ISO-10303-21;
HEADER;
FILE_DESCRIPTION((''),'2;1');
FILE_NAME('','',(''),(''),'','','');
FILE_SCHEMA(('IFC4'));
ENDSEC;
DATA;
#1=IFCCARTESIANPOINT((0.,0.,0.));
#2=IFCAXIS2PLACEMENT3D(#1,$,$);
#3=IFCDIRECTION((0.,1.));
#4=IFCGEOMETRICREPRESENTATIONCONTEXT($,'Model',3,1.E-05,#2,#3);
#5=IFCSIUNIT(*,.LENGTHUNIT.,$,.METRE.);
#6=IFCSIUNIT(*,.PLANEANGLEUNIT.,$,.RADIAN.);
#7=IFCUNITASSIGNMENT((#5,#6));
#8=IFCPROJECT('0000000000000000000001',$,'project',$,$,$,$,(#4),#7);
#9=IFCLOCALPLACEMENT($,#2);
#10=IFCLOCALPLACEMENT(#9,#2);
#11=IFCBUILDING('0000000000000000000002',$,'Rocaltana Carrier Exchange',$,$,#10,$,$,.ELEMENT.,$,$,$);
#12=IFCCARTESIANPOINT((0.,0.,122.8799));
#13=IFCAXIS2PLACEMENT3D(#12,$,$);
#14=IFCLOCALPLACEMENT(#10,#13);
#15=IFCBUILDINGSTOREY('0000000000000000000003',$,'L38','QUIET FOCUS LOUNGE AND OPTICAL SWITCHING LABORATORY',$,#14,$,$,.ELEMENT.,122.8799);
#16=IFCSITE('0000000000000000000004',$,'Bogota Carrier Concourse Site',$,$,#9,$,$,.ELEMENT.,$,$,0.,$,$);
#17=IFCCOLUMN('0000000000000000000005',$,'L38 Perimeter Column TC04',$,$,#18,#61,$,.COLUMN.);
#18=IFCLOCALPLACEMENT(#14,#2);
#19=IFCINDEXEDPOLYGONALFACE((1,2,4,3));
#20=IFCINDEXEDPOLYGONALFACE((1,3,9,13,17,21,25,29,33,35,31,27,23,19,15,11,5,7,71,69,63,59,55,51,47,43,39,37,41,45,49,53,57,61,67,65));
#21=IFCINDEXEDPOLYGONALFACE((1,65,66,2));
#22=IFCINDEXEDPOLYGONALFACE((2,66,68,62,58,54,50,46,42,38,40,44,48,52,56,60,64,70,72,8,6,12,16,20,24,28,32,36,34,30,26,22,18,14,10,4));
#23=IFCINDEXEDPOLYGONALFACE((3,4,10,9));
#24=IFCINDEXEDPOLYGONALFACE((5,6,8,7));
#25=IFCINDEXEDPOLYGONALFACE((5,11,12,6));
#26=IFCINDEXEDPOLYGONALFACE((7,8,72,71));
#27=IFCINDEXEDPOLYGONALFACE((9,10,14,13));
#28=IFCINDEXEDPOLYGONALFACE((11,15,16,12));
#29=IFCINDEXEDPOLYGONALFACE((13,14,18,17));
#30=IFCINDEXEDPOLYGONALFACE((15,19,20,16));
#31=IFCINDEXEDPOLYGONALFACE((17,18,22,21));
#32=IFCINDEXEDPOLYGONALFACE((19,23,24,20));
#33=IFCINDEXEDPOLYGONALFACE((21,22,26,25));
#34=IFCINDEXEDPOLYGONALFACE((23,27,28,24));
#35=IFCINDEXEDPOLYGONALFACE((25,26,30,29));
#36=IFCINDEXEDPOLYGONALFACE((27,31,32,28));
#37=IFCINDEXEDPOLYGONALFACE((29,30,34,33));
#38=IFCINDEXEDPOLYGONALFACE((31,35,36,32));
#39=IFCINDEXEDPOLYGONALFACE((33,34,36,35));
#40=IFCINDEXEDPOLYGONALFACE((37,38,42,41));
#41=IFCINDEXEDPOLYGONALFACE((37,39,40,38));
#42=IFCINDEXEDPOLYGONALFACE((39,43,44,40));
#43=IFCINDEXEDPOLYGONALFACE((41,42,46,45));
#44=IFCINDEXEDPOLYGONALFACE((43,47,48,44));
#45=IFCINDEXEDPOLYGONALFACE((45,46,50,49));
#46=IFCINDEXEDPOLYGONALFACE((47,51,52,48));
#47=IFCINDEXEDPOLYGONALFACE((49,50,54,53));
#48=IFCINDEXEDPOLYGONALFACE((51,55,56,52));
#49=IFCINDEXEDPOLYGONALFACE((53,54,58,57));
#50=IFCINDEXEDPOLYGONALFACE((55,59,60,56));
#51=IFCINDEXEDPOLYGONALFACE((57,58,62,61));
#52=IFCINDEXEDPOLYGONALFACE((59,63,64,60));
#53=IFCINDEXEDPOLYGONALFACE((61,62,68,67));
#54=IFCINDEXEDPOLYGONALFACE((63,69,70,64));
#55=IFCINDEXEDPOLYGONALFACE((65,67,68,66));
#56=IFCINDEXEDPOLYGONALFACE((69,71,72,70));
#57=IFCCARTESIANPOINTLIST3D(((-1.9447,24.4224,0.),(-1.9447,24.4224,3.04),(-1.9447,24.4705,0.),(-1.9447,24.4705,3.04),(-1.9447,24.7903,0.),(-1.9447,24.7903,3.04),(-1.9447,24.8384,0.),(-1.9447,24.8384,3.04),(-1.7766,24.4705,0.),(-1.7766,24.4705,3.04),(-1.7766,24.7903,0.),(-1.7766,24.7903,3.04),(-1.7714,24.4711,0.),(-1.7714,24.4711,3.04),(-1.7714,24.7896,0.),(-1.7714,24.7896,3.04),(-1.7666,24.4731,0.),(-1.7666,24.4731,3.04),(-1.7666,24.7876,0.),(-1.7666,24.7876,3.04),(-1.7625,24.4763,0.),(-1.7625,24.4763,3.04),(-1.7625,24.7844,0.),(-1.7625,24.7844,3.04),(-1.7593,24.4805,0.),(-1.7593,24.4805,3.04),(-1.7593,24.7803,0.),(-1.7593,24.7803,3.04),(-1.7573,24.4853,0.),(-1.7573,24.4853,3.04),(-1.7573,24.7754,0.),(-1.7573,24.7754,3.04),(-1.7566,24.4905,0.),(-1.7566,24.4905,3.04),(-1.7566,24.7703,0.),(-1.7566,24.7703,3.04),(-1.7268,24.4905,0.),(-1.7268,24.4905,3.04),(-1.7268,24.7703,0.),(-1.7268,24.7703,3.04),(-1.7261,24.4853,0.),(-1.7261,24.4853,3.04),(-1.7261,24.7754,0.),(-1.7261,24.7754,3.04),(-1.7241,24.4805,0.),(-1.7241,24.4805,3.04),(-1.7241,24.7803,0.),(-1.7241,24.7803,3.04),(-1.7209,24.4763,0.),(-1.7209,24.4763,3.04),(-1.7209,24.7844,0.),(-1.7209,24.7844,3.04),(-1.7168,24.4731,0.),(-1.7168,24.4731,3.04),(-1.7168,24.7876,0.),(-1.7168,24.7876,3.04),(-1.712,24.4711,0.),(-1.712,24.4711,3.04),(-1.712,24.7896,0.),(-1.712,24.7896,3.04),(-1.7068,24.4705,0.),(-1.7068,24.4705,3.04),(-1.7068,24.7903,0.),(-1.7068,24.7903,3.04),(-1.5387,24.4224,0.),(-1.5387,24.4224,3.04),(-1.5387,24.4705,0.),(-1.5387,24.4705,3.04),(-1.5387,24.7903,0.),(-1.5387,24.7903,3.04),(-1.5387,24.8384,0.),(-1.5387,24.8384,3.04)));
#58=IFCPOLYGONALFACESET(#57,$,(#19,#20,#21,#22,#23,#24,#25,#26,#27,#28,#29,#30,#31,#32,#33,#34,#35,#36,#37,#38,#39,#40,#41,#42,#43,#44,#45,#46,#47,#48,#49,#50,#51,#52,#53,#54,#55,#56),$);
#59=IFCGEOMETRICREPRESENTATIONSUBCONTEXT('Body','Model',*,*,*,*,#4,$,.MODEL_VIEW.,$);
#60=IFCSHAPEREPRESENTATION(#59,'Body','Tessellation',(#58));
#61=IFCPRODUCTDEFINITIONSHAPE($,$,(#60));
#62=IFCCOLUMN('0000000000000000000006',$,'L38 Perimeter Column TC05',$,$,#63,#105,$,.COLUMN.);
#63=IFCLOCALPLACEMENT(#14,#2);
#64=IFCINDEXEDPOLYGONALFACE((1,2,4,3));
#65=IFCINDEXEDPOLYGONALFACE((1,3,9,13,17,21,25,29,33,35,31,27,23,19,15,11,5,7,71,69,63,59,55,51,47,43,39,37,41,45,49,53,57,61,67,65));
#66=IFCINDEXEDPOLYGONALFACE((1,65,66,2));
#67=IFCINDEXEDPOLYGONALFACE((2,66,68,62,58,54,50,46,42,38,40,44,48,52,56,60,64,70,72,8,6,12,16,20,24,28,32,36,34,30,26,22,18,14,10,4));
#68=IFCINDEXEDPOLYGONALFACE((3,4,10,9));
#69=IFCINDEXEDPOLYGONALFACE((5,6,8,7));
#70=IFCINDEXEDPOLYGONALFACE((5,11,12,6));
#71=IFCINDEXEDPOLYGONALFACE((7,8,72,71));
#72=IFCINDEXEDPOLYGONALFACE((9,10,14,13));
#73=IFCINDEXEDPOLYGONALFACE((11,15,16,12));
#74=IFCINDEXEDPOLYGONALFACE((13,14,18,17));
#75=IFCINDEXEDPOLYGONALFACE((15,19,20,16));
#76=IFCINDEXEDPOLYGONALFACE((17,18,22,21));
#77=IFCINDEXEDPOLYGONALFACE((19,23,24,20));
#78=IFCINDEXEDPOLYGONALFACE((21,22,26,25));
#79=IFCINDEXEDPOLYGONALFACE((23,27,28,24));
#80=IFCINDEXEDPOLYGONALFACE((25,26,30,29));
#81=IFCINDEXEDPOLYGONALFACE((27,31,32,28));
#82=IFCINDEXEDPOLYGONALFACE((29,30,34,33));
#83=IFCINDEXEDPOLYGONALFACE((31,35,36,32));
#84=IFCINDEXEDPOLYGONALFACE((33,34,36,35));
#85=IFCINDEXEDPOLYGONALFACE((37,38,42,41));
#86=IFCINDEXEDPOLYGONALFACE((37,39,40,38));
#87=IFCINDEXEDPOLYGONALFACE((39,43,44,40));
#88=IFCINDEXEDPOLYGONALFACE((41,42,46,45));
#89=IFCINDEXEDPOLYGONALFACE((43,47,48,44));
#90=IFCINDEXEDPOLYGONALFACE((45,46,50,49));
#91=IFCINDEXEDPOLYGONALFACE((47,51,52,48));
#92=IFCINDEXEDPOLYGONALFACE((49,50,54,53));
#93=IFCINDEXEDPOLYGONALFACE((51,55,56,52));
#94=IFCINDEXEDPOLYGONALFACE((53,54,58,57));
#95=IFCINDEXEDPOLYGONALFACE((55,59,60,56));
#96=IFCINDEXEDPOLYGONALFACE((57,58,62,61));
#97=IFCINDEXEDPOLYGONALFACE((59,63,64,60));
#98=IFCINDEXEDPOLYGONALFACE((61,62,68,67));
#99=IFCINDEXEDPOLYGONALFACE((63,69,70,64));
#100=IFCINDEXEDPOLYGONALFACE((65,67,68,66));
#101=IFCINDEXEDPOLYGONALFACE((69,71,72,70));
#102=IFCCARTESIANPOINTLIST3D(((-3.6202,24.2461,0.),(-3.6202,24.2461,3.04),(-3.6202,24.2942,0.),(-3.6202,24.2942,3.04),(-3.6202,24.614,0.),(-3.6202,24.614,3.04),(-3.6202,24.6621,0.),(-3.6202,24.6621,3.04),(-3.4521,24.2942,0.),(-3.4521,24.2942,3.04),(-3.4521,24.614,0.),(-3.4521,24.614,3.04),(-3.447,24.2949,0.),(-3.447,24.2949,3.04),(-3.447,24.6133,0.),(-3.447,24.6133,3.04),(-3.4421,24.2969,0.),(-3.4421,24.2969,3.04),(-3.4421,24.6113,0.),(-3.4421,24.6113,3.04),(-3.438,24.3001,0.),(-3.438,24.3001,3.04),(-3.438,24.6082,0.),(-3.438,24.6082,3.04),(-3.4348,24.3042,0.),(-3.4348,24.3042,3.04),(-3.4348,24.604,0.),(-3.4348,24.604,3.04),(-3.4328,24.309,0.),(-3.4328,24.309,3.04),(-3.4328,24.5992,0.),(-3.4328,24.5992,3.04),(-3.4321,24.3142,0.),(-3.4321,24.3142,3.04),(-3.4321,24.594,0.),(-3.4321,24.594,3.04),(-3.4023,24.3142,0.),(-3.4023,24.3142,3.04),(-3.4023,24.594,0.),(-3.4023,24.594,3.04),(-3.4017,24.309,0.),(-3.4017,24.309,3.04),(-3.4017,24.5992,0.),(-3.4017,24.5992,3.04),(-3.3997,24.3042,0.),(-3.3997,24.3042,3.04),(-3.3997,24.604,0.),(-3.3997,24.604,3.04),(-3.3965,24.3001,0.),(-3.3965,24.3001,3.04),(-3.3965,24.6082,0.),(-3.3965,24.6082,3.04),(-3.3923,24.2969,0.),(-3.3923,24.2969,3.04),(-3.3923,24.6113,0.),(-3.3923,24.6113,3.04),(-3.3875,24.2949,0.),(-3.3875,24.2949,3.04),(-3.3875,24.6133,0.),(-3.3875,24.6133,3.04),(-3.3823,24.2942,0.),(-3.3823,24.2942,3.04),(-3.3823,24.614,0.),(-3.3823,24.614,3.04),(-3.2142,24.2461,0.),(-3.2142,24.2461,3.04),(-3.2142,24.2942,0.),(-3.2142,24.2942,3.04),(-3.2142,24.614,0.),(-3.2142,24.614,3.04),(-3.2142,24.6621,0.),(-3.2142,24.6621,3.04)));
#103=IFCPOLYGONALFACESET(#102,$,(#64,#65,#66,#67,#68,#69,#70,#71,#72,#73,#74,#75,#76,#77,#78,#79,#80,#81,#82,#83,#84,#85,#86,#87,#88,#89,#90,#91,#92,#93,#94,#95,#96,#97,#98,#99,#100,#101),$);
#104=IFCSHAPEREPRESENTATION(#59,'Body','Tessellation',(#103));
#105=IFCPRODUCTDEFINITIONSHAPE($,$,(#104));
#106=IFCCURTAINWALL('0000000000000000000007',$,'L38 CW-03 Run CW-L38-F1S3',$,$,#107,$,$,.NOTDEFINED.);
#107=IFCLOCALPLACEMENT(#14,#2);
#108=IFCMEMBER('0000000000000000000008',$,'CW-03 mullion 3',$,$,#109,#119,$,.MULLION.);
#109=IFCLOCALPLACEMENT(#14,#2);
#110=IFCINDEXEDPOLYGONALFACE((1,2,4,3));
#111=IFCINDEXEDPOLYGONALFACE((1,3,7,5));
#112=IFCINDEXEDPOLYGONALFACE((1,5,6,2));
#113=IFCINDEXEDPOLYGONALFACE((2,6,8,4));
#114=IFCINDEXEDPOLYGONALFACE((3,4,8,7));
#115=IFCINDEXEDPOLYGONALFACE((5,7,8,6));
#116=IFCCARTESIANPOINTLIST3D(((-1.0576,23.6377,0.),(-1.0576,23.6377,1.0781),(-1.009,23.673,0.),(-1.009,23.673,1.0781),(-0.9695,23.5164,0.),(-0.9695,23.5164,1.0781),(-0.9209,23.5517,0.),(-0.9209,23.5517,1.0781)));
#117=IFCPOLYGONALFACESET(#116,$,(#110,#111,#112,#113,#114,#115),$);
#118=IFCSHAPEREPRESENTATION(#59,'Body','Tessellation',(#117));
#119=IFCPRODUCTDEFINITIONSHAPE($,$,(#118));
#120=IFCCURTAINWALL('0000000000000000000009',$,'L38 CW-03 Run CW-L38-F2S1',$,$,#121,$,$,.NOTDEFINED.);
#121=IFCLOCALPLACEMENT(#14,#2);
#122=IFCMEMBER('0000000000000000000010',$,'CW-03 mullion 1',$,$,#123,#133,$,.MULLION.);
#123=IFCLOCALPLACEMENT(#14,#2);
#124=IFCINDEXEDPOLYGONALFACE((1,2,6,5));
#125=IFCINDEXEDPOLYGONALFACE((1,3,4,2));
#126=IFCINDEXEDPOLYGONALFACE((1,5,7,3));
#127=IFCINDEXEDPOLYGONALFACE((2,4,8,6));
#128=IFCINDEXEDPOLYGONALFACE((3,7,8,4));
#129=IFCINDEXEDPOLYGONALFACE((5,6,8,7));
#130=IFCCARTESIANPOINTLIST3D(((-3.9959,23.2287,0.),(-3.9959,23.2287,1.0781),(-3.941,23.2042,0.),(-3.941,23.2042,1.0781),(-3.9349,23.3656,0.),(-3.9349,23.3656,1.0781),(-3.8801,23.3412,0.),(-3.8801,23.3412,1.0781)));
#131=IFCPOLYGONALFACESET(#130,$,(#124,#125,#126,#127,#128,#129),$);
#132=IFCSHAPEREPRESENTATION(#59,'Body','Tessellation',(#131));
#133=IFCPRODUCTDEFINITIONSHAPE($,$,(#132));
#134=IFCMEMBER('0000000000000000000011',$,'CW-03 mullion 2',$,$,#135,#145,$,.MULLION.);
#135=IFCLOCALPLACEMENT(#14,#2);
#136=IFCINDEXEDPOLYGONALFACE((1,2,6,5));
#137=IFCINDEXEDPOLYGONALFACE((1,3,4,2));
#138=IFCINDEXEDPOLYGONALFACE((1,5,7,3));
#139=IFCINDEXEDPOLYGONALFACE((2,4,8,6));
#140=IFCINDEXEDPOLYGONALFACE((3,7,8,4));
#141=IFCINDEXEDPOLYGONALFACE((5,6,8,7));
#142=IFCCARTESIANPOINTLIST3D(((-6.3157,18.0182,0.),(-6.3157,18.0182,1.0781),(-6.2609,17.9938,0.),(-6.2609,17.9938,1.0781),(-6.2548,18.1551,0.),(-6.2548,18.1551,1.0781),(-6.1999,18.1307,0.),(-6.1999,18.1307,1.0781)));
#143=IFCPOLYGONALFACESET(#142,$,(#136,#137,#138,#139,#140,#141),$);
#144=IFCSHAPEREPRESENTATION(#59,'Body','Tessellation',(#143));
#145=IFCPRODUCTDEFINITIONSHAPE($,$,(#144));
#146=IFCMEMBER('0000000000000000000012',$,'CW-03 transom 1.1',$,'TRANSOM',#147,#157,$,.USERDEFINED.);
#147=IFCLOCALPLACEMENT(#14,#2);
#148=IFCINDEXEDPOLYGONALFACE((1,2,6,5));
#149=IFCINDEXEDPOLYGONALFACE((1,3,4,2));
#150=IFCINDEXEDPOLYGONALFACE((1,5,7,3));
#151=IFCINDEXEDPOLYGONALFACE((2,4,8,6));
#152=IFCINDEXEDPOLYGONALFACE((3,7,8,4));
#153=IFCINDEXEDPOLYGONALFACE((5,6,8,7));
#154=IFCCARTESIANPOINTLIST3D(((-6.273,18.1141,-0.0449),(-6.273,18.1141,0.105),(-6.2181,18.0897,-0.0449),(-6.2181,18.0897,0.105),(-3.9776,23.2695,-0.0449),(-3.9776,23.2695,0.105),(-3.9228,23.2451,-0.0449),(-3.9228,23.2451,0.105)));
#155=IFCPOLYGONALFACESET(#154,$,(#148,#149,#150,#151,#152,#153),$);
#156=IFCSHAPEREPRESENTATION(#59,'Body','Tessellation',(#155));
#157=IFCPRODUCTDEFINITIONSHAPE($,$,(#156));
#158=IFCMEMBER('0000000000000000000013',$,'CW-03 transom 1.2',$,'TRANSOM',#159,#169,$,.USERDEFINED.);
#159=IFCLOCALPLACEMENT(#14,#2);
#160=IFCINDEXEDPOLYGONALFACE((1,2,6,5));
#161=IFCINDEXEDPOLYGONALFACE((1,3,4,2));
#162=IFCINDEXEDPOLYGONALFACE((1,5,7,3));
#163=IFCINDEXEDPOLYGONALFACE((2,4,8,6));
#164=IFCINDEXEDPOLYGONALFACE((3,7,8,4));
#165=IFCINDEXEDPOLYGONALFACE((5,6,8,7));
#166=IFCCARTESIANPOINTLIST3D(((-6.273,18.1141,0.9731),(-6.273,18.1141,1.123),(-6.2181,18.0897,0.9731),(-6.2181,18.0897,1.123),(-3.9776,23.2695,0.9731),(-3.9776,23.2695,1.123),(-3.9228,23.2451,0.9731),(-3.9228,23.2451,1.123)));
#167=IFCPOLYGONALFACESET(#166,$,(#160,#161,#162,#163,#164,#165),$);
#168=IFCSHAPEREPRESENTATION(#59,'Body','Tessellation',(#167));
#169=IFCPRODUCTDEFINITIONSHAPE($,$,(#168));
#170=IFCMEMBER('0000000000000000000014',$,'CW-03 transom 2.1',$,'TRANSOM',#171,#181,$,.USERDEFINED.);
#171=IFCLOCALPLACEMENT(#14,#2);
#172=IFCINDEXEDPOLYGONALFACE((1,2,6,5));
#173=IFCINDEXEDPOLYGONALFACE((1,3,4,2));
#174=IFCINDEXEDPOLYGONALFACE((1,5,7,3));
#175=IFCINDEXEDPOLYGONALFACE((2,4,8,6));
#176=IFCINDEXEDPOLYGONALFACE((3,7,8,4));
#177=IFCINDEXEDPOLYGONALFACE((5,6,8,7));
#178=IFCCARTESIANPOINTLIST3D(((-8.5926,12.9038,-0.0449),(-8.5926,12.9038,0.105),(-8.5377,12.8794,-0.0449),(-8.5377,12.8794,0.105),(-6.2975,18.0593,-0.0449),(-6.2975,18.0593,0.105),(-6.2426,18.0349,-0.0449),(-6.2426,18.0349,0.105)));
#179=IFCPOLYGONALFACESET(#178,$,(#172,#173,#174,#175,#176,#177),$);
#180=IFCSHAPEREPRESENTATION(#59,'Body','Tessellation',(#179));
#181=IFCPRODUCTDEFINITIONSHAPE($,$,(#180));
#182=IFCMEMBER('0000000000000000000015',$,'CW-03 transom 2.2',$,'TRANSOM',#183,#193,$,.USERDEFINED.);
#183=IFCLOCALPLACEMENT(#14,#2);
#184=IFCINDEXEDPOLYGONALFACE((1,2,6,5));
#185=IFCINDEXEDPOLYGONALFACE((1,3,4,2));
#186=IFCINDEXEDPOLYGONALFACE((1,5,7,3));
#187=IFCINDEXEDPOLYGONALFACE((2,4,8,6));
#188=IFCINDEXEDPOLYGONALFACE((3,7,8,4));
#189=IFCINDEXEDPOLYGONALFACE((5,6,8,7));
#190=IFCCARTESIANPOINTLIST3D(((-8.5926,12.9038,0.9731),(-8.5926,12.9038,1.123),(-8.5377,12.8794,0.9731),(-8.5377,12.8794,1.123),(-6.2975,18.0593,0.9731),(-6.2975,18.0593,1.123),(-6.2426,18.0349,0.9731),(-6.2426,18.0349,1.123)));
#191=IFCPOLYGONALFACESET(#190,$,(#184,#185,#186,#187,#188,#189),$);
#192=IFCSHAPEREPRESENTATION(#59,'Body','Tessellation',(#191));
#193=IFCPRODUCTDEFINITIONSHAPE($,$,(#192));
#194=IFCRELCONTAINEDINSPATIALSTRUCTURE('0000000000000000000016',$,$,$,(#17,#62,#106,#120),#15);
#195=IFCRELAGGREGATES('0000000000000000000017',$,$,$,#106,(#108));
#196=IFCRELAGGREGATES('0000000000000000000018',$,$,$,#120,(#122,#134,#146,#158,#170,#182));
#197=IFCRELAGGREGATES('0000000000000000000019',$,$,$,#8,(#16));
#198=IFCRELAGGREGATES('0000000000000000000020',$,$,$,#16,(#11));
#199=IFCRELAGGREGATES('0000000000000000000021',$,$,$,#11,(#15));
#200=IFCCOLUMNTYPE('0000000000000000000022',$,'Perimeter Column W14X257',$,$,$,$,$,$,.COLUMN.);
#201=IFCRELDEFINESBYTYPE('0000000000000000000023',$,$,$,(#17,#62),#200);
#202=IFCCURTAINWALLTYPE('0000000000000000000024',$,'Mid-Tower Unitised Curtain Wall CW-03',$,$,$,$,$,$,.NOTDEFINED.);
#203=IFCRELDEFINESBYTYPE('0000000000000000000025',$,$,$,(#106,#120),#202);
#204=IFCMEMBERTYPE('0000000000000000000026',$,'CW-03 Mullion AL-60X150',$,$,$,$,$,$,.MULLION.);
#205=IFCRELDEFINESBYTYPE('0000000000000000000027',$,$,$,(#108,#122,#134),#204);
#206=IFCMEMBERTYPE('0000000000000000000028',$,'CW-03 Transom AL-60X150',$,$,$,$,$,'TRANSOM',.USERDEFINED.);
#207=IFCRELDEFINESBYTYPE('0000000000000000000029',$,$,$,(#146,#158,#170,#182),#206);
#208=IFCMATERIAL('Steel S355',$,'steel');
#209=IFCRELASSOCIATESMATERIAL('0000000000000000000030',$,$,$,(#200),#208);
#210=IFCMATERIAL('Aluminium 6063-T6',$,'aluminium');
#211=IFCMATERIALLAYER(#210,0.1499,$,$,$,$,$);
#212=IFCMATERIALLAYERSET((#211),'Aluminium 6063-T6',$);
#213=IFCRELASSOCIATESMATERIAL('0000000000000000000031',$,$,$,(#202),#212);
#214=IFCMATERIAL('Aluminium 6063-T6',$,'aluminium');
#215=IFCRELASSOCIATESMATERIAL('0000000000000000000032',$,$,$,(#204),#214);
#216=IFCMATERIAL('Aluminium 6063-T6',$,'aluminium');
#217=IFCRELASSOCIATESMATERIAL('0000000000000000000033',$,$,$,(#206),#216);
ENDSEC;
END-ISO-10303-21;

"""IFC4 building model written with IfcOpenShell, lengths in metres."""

from ifc_helpers import new_model, si_unit, direction, frame, origin, origin_2d, place, context, subcontext, project, spatial, rectangle, i_section, extrude, material, layer, layer_set, material_profile, profile_set, type_object, element, aggregate, save


model = new_model("IFC4")

# Units and contexts
model_context = context("Model", 3, precision=1e-05, world=origin(), true_north=direction((0.0, 1.0)))
body_context = subcontext(model_context, "Body", "Model", "MODEL_VIEW")
ifc_project = project(units=[si_unit("LENGTHUNIT", "METRE"), si_unit("PLANEANGLEUNIT", "RADIAN")], contexts=[model_context])

# Site, building, storey
site_placement = place(None, origin())
site = spatial("IfcSite", under=ifc_project, at=site_placement, Name="Bogota Carrier Concourse Site", CompositionType="ELEMENT", RefElevation=0.0)
building_placement = place(site_placement, origin())
building = spatial("IfcBuilding", under=site, at=building_placement, Name="Rocaltana Carrier Exchange", CompositionType="ELEMENT")
storey_placement = place(building_placement, frame((0.0, 0.0, 122.8799)))
storey = spatial("IfcBuildingStorey", under=building, at=storey_placement, Name="L38", Description="QUIET FOCUS LOUNGE AND OPTICAL SWITCHING LABORATORY", CompositionType="ELEMENT", Elevation=122.8799)

# Columns
ifc_material_1 = material(Name="Steel S355", Category="steel")
ifc_material_profile_1 = material_profile(ifc_material_1, i_section(OverallWidth=0.406, OverallDepth=0.416, WebThickness=0.0298, FlangeThickness=0.0481, FilletRadius=0.02, at=origin_2d()), Name="W14X257")
ifc_profile_set_1 = profile_set([ifc_material_profile_1], Name="Steel S355")
column_type = type_object("IfcColumnType", Name="Perimeter Column W14X257", PredefinedType="COLUMN", material=ifc_profile_set_1)
for number, where, z_axis, x_axis, name in (
    (1, (-1.7417, 24.6304, 0.0), (0.0, 0.0, 1.0), (1.0, 0.0, 0.0), "L38 Perimeter Column TC04"),
    (2, (-3.4172, 24.4541, 0.0), (0.0, 0.0, 1.0), (1.0, 0.0, 0.0), "L38 Perimeter Column TC05"),
):
    element("IfcColumn", number, at=place(storey_placement, frame(where, z_axis=z_axis, x_axis=x_axis)), inside=storey, type_object=column_type, Name=name, PredefinedType="COLUMN", context=body_context, shape_type="SweptSolid", body=[
        extrude(i_section(OverallWidth=0.406, OverallDepth=0.416, WebThickness=0.0298, FlangeThickness=0.0481, FilletRadius=0.02, at=origin_2d()), origin(), (0.0, 0.0, 1.0), 3.04),
    ])

# Curtain wall, member
ifc_material_2 = material(Name="Aluminium 6063-T6", Category="aluminium")
ifc_layer_1 = layer(ifc_material_2, 0.1499)
ifc_layer_set_1 = layer_set([ifc_layer_1], Name="Aluminium 6063-T6")
curtain_wall_type = type_object("IfcCurtainWallType", Name="Mid-Tower Unitised Curtain Wall CW-03", PredefinedType="NOTDEFINED", material=ifc_layer_set_1)
curtain_wall_1_placement = place(storey_placement, origin())
curtain_wall_1 = element("IfcCurtainWall", 3, at=curtain_wall_1_placement, inside=storey, type_object=curtain_wall_type, Name="L38 CW-03 Run CW-L38-F1S3", PredefinedType="NOTDEFINED")
ifc_material_3 = material(Name="Aluminium 6063-T6", Category="aluminium")
ifc_material_profile_2 = material_profile(ifc_material_3, rectangle(XDim=0.0601, YDim=0.1499, at=origin_2d()), Name="AL-60X150")
ifc_profile_set_2 = profile_set([ifc_material_profile_2], Name="Aluminium 6063-T6")
member_type_1 = type_object("IfcMemberType", Name="CW-03 Mullion AL-60X150", PredefinedType="MULLION", material=ifc_profile_set_2)
member_1_placement = place(storey_placement, frame((-0.9893, 23.5947, 0.0), z_axis=(0.0, 0.0, 1.0), x_axis=(-0.809014, -0.58779, 0.0)))
member_1 = element("IfcMember", 4, at=member_1_placement, type_object=member_type_1, Name="CW-03 mullion 3", PredefinedType="MULLION", context=body_context, shape_type="SweptSolid", body=[
    extrude(rectangle(XDim=0.0601, YDim=0.1499, at=origin_2d()), origin(), (0.0, 0.0, 1.0), 1.0781),
])
aggregate(curtain_wall_1, [member_1])

# Curtain wall, members
curtain_wall_2_placement = place(storey_placement, origin())
curtain_wall_2 = element("IfcCurtainWall", 5, at=curtain_wall_2_placement, inside=storey, type_object=curtain_wall_type, Name="L38 CW-03 Run CW-L38-F2S1", PredefinedType="NOTDEFINED")
member_2_placement = place(storey_placement, frame((-3.938, 23.2849, 0.0), z_axis=(0.0, 0.0, 1.0), x_axis=(0.913544, -0.40674, 0.0)))
member_2 = element("IfcMember", 6, at=member_2_placement, type_object=member_type_1, Name="CW-03 mullion 1", PredefinedType="MULLION", context=body_context, shape_type="SweptSolid", body=[
    extrude(rectangle(XDim=0.0601, YDim=0.1499, at=origin_2d()), origin(), (0.0, 0.0, 1.0), 1.0781),
])
member_3_placement = place(storey_placement, frame((-6.2578, 18.0745, 0.0), z_axis=(0.0, 0.0, 1.0), x_axis=(0.913544, -0.40674, 0.0)))
member_3 = element("IfcMember", 7, at=member_3_placement, type_object=member_type_1, Name="CW-03 mullion 2", PredefinedType="MULLION", context=body_context, shape_type="SweptSolid", body=[
    extrude(rectangle(XDim=0.0601, YDim=0.1499, at=origin_2d()), origin(), (0.0, 0.0, 1.0), 1.0781),
])
ifc_material_4 = material(Name="Aluminium 6063-T6", Category="aluminium")
ifc_material_profile_3 = material_profile(ifc_material_4, rectangle(XDim=0.0601, YDim=0.1499, at=origin_2d()), Name="AL-60X150")
ifc_profile_set_3 = profile_set([ifc_material_profile_3], Name="Aluminium 6063-T6")
member_type_2 = type_object("IfcMemberType", Name="CW-03 Transom AL-60X150", ElementType="TRANSOM", PredefinedType="USERDEFINED", material=ifc_profile_set_3)
member_4_placement = place(storey_placement, frame((-3.9502, 23.2573, 0.03), z_axis=(-0.40674, -0.913544, 0.0), x_axis=(0.913544, -0.40674, 0.0)))
member_4 = element("IfcMember", 8, at=member_4_placement, type_object=member_type_2, Name="CW-03 transom 1.1", ObjectType="TRANSOM", PredefinedType="USERDEFINED", context=body_context, shape_type="SweptSolid", body=[
    extrude(rectangle(XDim=0.0601, YDim=0.1499, at=origin_2d()), origin(), (0.0, 0.0, 1.0), 5.6433),
])
member_5_placement = place(storey_placement, frame((-3.9502, 23.2573, 1.0481), z_axis=(-0.40674, -0.913544, 0.0), x_axis=(0.913544, -0.40674, 0.0)))
member_5 = element("IfcMember", 9, at=member_5_placement, type_object=member_type_2, Name="CW-03 transom 1.2", ObjectType="TRANSOM", PredefinedType="USERDEFINED", context=body_context, shape_type="SweptSolid", body=[
    extrude(rectangle(XDim=0.0601, YDim=0.1499, at=origin_2d()), origin(), (0.0, 0.0, 1.0), 5.6433),
])
member_6_placement = place(storey_placement, frame((-6.27, 18.0471, 0.03), z_axis=(-0.406704, -0.91356, 0.0), x_axis=(0.91356, -0.406704, 0.0)))
member_6 = element("IfcMember", 10, at=member_6_placement, type_object=member_type_2, Name="CW-03 transom 2.1", ObjectType="TRANSOM", PredefinedType="USERDEFINED", context=body_context, shape_type="SweptSolid", body=[
    extrude(rectangle(XDim=0.0601, YDim=0.1499, at=origin_2d()), origin(), (0.0, 0.0, 1.0), 5.6433),
])
member_7_placement = place(storey_placement, frame((-6.27, 18.0471, 1.0481), z_axis=(-0.406704, -0.91356, 0.0), x_axis=(0.91356, -0.406704, 0.0)))
member_7 = element("IfcMember", 11, at=member_7_placement, type_object=member_type_2, Name="CW-03 transom 2.2", ObjectType="TRANSOM", PredefinedType="USERDEFINED", context=body_context, shape_type="SweptSolid", body=[
    extrude(rectangle(XDim=0.0601, YDim=0.1499, at=origin_2d()), origin(), (0.0, 0.0, 1.0), 5.6433),
])

aggregate(curtain_wall_2, [member_2, member_3, member_4, member_5, member_6, member_7])

save(model, "model.ifc")
